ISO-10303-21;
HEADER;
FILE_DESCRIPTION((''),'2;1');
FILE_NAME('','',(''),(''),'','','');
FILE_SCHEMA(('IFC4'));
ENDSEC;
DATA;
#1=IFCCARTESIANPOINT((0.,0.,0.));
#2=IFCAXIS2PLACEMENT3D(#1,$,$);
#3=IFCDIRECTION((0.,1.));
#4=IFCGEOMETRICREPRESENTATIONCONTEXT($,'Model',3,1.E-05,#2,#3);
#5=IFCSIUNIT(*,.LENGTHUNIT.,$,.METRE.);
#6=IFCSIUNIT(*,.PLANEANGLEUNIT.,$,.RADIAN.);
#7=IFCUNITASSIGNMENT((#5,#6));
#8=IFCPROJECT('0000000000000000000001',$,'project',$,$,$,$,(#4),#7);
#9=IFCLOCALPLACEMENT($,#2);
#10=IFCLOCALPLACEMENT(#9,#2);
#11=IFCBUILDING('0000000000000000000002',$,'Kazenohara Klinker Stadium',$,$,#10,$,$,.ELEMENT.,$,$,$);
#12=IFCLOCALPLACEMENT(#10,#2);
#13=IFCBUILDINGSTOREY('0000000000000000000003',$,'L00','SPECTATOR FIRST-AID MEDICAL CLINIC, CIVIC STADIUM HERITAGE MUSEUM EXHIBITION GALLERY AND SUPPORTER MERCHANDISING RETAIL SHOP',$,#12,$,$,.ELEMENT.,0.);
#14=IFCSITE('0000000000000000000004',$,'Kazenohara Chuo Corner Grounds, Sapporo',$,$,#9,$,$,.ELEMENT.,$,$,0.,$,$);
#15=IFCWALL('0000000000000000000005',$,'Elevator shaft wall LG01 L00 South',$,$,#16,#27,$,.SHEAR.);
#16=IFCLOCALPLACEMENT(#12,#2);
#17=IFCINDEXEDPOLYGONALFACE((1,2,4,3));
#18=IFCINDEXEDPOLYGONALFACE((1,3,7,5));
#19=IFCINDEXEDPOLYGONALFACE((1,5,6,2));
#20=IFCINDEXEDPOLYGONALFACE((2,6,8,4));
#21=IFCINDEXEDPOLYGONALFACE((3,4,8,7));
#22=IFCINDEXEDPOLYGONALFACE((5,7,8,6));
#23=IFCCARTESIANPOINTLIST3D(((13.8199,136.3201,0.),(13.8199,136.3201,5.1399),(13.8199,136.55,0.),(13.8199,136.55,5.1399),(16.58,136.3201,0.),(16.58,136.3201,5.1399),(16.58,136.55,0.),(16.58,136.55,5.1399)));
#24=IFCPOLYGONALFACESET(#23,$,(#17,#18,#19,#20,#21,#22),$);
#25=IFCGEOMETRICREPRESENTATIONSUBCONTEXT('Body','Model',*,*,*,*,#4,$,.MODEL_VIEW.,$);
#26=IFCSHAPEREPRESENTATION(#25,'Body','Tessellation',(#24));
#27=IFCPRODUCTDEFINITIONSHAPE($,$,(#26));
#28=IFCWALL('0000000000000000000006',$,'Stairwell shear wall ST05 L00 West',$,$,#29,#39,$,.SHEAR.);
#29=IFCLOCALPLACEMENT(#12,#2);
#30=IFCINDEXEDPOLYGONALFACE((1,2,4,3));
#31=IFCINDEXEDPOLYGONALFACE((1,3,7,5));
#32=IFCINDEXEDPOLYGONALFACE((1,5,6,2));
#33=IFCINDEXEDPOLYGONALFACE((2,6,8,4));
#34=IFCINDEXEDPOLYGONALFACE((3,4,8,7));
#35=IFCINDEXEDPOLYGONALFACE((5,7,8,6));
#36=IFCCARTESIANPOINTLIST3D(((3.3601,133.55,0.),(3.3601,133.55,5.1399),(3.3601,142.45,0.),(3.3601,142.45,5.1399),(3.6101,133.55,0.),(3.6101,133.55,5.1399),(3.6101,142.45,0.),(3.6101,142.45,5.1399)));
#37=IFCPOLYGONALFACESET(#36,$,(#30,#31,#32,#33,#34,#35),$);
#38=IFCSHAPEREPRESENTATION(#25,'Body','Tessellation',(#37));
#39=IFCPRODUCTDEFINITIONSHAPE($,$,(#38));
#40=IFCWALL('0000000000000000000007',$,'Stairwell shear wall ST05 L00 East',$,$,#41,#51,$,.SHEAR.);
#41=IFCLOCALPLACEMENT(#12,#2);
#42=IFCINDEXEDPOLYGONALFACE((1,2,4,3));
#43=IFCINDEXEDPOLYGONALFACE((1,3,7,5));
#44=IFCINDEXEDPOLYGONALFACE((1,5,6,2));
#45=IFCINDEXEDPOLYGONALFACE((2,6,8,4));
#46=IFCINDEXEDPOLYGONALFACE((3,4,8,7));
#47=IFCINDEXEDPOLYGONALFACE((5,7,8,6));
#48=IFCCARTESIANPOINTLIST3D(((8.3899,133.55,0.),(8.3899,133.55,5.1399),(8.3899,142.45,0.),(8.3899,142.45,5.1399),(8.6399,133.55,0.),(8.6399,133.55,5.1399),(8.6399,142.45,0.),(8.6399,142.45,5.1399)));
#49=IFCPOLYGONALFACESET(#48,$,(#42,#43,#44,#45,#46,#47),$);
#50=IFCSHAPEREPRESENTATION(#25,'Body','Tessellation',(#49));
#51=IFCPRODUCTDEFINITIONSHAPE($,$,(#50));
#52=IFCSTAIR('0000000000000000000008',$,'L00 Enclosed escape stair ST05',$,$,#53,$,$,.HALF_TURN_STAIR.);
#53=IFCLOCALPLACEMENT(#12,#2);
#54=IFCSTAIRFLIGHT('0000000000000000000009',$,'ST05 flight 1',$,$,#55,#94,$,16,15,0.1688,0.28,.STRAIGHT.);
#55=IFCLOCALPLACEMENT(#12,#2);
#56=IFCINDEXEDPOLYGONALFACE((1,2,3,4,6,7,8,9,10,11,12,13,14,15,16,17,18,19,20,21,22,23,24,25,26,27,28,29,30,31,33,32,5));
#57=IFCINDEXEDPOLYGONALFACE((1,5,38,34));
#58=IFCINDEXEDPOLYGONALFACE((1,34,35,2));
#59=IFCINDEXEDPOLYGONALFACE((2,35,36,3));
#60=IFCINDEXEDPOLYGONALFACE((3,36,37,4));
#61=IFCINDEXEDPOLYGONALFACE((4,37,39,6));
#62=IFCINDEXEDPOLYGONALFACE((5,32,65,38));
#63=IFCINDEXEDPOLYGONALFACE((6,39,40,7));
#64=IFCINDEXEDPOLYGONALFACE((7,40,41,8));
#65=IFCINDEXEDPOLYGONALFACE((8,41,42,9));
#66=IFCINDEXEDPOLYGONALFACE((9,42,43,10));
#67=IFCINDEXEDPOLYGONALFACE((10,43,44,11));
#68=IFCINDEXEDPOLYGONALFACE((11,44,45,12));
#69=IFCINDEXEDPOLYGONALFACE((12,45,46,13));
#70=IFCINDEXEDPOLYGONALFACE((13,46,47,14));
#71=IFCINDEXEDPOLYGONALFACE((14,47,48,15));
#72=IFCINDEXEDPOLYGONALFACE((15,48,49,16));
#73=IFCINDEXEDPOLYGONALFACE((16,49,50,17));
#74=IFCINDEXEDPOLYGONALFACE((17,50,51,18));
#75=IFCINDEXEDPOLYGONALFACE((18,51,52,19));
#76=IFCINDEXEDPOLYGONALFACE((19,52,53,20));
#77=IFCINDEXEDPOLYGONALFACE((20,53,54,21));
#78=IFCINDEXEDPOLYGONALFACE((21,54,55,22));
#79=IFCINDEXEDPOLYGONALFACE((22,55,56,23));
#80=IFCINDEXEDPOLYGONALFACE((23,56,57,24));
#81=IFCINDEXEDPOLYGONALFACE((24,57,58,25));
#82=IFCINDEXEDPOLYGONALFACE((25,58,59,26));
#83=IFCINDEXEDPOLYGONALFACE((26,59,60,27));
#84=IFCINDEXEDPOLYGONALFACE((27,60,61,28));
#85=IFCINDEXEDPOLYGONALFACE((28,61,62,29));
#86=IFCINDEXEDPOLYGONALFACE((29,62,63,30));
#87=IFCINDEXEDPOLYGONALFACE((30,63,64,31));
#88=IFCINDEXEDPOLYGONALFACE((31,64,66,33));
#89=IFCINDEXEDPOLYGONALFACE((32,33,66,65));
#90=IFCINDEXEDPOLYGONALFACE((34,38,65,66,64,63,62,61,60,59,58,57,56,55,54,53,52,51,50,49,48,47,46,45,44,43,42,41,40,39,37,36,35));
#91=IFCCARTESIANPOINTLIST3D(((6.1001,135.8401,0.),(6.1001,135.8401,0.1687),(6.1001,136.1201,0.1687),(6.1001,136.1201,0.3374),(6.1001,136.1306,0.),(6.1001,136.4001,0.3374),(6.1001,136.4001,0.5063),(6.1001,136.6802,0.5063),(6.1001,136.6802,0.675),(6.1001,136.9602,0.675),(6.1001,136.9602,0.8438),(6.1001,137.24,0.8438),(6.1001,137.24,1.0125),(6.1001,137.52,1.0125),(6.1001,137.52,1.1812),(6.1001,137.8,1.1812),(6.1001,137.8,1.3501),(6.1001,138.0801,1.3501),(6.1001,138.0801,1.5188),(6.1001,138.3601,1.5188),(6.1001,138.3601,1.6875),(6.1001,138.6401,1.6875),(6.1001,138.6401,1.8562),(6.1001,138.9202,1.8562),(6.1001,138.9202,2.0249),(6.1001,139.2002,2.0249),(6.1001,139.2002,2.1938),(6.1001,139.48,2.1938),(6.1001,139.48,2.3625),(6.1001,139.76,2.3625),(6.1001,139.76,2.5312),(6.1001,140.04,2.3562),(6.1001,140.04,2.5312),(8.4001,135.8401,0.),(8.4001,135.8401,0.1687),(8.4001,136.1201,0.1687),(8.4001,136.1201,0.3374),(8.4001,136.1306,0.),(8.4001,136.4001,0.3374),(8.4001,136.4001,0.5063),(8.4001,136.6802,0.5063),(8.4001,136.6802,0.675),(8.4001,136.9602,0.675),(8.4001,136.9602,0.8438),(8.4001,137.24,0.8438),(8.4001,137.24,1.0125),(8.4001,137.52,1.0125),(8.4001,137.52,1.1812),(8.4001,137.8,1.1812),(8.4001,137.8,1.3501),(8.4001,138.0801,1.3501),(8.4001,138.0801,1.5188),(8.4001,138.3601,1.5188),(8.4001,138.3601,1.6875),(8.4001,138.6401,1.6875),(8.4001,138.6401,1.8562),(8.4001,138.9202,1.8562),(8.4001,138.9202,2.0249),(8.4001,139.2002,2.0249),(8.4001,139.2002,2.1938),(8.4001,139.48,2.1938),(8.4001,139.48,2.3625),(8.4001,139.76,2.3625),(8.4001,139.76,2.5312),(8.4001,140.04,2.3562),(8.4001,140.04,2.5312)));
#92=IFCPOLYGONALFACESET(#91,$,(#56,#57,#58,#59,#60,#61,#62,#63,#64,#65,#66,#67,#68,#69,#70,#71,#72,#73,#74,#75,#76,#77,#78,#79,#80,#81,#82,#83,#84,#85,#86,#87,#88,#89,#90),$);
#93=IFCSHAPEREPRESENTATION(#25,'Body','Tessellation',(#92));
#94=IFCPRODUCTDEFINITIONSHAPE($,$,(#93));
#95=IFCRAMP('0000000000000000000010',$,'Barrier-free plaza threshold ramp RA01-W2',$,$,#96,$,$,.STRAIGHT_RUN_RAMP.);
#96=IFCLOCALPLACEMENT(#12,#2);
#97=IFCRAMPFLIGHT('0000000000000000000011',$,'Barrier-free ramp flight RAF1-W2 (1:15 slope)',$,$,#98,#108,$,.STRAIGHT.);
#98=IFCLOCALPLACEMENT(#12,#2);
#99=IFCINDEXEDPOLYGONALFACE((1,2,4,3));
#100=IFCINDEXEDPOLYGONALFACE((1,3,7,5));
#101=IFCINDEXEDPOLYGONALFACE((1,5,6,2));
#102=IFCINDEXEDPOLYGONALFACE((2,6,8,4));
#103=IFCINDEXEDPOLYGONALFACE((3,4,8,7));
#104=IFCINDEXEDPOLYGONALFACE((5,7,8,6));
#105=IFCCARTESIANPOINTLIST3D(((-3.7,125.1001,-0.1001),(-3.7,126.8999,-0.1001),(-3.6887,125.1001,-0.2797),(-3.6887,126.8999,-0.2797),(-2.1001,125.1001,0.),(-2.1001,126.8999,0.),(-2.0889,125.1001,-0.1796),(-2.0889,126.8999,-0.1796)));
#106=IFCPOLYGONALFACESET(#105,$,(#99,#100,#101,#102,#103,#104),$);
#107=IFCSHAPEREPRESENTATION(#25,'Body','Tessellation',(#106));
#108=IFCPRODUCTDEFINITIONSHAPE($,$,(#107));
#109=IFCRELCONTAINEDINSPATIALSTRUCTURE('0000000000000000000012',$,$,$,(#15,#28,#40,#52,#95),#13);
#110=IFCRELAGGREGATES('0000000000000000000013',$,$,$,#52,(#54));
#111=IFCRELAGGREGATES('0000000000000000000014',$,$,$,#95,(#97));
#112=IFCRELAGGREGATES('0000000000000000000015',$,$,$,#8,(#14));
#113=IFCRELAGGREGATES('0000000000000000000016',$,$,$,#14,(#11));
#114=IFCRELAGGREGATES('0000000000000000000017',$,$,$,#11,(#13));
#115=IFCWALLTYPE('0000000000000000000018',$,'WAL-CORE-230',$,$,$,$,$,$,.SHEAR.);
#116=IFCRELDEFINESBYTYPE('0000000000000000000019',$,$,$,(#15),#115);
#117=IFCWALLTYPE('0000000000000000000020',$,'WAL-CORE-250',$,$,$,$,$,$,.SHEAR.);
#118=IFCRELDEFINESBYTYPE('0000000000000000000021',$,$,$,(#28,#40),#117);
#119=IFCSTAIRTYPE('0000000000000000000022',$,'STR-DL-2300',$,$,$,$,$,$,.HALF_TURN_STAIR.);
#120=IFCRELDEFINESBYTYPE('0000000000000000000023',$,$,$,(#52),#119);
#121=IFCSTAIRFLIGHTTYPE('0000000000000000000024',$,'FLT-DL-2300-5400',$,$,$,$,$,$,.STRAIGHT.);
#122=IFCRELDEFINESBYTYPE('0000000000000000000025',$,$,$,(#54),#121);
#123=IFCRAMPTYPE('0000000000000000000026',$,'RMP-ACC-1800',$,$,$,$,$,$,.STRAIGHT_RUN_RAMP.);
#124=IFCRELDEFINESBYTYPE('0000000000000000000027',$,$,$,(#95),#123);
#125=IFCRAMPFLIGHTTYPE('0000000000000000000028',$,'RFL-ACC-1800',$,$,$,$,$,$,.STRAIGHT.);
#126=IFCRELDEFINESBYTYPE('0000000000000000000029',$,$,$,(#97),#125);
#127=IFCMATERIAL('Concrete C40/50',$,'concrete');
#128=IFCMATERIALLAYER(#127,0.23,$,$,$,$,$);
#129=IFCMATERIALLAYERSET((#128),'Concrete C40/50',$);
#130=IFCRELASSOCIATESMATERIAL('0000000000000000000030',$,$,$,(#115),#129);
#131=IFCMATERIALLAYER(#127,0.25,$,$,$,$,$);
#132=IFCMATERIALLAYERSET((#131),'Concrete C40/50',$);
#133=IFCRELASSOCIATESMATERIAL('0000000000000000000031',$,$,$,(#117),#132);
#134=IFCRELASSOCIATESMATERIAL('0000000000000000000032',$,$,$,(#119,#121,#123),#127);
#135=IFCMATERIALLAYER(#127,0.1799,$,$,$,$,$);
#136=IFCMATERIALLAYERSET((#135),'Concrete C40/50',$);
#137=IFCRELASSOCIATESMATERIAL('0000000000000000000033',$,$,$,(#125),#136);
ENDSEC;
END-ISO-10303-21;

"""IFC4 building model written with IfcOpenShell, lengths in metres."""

from ifc_helpers import new_model, si_unit, direction, frame, frame_2d, origin, place, context, subcontext, project, spatial, polyline, rectangle, outline, extrude, material, layer, layer_set, type_object, element, aggregate, save


model = new_model("IFC4")

# Units and contexts
model_context = context("Model", 3, precision=1e-05, world=origin(), true_north=direction((0.0, 1.0)))
body_context = subcontext(model_context, "Body", "Model", "MODEL_VIEW")
ifc_project = project(units=[si_unit("LENGTHUNIT", "METRE"), si_unit("PLANEANGLEUNIT", "RADIAN")], contexts=[model_context])

# Site, building, storey
site_placement = place(None, origin())
site = spatial("IfcSite", under=ifc_project, at=site_placement, Name="Kazenohara Chuo Corner Grounds, Sapporo", CompositionType="ELEMENT", RefElevation=0.0)
building_placement = place(site_placement, origin())
building = spatial("IfcBuilding", under=site, at=building_placement, Name="Kazenohara Klinker Stadium", CompositionType="ELEMENT")
storey_placement = place(building_placement, origin())
storey = spatial("IfcBuildingStorey", under=building, at=storey_placement, Name="L00", Description="SPECTATOR FIRST-AID MEDICAL CLINIC, CIVIC STADIUM HERITAGE MUSEUM EXHIBITION GALLERY AND SUPPORTER MERCHANDISING RETAIL SHOP", CompositionType="ELEMENT", Elevation=0.0)

# Shared definitions
ifc_material_1 = material(Name="Concrete C40/50", Category="concrete")

# Wall
ifc_layer_1 = layer(ifc_material_1, 0.23)
ifc_layer_set_1 = layer_set([ifc_layer_1], Name="Concrete C40/50")
wall_type_1 = type_object("IfcWallType", Name="WAL-CORE-230", PredefinedType="SHEAR", material=ifc_layer_set_1)
wall_1_placement = place(storey_placement, frame((13.8201, 136.4351, 0.0), z_axis=(0.0, 0.0, 1.0), x_axis=(1.0, 0.0, 0.0)))
element("IfcWall", 1, at=wall_1_placement, inside=storey, type_object=wall_type_1, Name="Elevator shaft wall LG01 L00 South", PredefinedType="SHEAR", context=body_context, shape_type="SweptSolid", body=[
    extrude(rectangle(XDim=2.76, YDim=0.23, at=frame_2d((1.3799, 0.0))), origin(), (0.0, 0.0, 1.0), 5.1399),
])

# Shared definitions
ifc_layer_2 = layer(ifc_material_1, 0.25)
ifc_layer_set_2 = layer_set([ifc_layer_2], Name="Concrete C40/50")
wall_type_2 = type_object("IfcWallType", Name="WAL-CORE-250", PredefinedType="SHEAR", material=ifc_layer_set_2)

# Walls
for number, where, z_axis, x_axis, name in (
    (2, (3.4851, 133.55, 0.0), (0.0, 0.0, 1.0), (0.0, 1.0, 0.0), "Stairwell shear wall ST05 L00 West"),
    (3, (8.5149, 133.55, 0.0), (0.0, 0.0, 1.0), (0.0, 1.0, 0.0), "Stairwell shear wall ST05 L00 East"),
):
    element("IfcWall", number, at=place(storey_placement, frame(where, z_axis=z_axis, x_axis=x_axis)), inside=storey, type_object=wall_type_2, Name=name, PredefinedType="SHEAR", context=body_context, shape_type="SweptSolid", body=[
        extrude(rectangle(XDim=8.8999, YDim=0.25, at=frame_2d((4.45, 0.0))), origin(), (0.0, 0.0, 1.0), 5.1399),
    ])

# Stair, stair flight
stair_type = type_object("IfcStairType", Name="STR-DL-2300", PredefinedType="HALF_TURN_STAIR", material=ifc_material_1)
stair_placement = place(storey_placement, origin())
stair = element("IfcStair", 4, at=stair_placement, inside=storey, type_object=stair_type, Name="L00 Enclosed escape stair ST05", PredefinedType="HALF_TURN_STAIR")
stair_flight_type = type_object("IfcStairFlightType", Name="FLT-DL-2300-5400", PredefinedType="STRAIGHT", material=ifc_material_1)
stair_flight_placement = place(storey_placement, frame((7.25, 135.8401, 0.0), z_axis=(0.0, 0.0, 1.0), x_axis=(0.0, 1.0, 0.0)))
stair_flight = element("IfcStairFlight", 5, at=stair_flight_placement, type_object=stair_flight_type, Name="ST05 flight 1", NumberOfRisers=16, NumberOfTreads=15, PredefinedType="STRAIGHT", RiserHeight=0.1688, TreadLength=0.28, context=body_context, shape_type="SweptSolid", body=[
    extrude(outline(polyline([(0.0, 0.0), (0.0, 0.1687), (0.28, 0.1687), (0.28, 0.3374), (0.5601, 0.3374), (0.5601, 0.5063), (0.8401, 0.5063), (0.8401, 0.675), (1.1201, 0.675), (1.1201, 0.8438), (1.3999, 0.8438), (1.3999, 1.0125), (1.6799, 1.0125), (1.6799, 1.1812), (1.96, 1.1812), (1.96, 1.3501), (2.24, 1.3501), (2.24, 1.5188), (2.52, 1.5188), (2.52, 1.6875), (2.8, 1.6875), (2.8, 1.8562), (3.0801, 1.8562), (3.0801, 2.0249), (3.3601, 2.0249), (3.3601, 2.1938), (3.6399, 2.1938), (3.6399, 2.3625), (3.9199, 2.3625), (3.9199, 2.5312), (4.2, 2.5312), (4.2, 2.7), (4.2, 2.3562), (0.2905, 0.0), (0.0, 0.0)])), frame((0.0, 1.1499, 0.0), z_axis=(0.0, -1.0, 0.0), x_axis=(1.0, 0.0, 0.0)), (0.0, 0.0, 1.0), 2.3),
])
aggregate(stair, [stair_flight])

# Ramp, ramp flight
ramp_type = type_object("IfcRampType", Name="RMP-ACC-1800", PredefinedType="STRAIGHT_RUN_RAMP", material=ifc_material_1)
ramp_placement = place(storey_placement, origin())
ramp = element("IfcRamp", 6, at=ramp_placement, inside=storey, type_object=ramp_type, Name="Barrier-free plaza threshold ramp RA01-W2", PredefinedType="STRAIGHT_RUN_RAMP")
ifc_layer_3 = layer(ifc_material_1, 0.1799)
ifc_layer_set_3 = layer_set([ifc_layer_3], Name="Concrete C40/50")
ramp_flight_type = type_object("IfcRampFlightType", Name="RFL-ACC-1800", PredefinedType="STRAIGHT", material=ifc_layer_set_3)
ramp_flight_placement = place(storey_placement, frame((-3.7, 125.1001, -0.1001), z_axis=(-0.062445, 0.0, 0.998048), x_axis=(0.998048, 0.0, 0.062445)))
ramp_flight = element("IfcRampFlight", 7, at=ramp_flight_placement, type_object=ramp_flight_type, Name="Barrier-free ramp flight RAF1-W2 (1:15 slope)", PredefinedType="STRAIGHT", context=body_context, shape_type="SweptSolid", body=[
    extrude(outline(polyline([(0.0, 0.0), (1.603, 0.0), (1.603, 1.7998), (0.0, 1.7998), (0.0, 0.0)])), origin(), (0.0, 0.0, -1.0), 0.1799),
])
aggregate(ramp, [ramp_flight])

save(model, "model.ifc")
